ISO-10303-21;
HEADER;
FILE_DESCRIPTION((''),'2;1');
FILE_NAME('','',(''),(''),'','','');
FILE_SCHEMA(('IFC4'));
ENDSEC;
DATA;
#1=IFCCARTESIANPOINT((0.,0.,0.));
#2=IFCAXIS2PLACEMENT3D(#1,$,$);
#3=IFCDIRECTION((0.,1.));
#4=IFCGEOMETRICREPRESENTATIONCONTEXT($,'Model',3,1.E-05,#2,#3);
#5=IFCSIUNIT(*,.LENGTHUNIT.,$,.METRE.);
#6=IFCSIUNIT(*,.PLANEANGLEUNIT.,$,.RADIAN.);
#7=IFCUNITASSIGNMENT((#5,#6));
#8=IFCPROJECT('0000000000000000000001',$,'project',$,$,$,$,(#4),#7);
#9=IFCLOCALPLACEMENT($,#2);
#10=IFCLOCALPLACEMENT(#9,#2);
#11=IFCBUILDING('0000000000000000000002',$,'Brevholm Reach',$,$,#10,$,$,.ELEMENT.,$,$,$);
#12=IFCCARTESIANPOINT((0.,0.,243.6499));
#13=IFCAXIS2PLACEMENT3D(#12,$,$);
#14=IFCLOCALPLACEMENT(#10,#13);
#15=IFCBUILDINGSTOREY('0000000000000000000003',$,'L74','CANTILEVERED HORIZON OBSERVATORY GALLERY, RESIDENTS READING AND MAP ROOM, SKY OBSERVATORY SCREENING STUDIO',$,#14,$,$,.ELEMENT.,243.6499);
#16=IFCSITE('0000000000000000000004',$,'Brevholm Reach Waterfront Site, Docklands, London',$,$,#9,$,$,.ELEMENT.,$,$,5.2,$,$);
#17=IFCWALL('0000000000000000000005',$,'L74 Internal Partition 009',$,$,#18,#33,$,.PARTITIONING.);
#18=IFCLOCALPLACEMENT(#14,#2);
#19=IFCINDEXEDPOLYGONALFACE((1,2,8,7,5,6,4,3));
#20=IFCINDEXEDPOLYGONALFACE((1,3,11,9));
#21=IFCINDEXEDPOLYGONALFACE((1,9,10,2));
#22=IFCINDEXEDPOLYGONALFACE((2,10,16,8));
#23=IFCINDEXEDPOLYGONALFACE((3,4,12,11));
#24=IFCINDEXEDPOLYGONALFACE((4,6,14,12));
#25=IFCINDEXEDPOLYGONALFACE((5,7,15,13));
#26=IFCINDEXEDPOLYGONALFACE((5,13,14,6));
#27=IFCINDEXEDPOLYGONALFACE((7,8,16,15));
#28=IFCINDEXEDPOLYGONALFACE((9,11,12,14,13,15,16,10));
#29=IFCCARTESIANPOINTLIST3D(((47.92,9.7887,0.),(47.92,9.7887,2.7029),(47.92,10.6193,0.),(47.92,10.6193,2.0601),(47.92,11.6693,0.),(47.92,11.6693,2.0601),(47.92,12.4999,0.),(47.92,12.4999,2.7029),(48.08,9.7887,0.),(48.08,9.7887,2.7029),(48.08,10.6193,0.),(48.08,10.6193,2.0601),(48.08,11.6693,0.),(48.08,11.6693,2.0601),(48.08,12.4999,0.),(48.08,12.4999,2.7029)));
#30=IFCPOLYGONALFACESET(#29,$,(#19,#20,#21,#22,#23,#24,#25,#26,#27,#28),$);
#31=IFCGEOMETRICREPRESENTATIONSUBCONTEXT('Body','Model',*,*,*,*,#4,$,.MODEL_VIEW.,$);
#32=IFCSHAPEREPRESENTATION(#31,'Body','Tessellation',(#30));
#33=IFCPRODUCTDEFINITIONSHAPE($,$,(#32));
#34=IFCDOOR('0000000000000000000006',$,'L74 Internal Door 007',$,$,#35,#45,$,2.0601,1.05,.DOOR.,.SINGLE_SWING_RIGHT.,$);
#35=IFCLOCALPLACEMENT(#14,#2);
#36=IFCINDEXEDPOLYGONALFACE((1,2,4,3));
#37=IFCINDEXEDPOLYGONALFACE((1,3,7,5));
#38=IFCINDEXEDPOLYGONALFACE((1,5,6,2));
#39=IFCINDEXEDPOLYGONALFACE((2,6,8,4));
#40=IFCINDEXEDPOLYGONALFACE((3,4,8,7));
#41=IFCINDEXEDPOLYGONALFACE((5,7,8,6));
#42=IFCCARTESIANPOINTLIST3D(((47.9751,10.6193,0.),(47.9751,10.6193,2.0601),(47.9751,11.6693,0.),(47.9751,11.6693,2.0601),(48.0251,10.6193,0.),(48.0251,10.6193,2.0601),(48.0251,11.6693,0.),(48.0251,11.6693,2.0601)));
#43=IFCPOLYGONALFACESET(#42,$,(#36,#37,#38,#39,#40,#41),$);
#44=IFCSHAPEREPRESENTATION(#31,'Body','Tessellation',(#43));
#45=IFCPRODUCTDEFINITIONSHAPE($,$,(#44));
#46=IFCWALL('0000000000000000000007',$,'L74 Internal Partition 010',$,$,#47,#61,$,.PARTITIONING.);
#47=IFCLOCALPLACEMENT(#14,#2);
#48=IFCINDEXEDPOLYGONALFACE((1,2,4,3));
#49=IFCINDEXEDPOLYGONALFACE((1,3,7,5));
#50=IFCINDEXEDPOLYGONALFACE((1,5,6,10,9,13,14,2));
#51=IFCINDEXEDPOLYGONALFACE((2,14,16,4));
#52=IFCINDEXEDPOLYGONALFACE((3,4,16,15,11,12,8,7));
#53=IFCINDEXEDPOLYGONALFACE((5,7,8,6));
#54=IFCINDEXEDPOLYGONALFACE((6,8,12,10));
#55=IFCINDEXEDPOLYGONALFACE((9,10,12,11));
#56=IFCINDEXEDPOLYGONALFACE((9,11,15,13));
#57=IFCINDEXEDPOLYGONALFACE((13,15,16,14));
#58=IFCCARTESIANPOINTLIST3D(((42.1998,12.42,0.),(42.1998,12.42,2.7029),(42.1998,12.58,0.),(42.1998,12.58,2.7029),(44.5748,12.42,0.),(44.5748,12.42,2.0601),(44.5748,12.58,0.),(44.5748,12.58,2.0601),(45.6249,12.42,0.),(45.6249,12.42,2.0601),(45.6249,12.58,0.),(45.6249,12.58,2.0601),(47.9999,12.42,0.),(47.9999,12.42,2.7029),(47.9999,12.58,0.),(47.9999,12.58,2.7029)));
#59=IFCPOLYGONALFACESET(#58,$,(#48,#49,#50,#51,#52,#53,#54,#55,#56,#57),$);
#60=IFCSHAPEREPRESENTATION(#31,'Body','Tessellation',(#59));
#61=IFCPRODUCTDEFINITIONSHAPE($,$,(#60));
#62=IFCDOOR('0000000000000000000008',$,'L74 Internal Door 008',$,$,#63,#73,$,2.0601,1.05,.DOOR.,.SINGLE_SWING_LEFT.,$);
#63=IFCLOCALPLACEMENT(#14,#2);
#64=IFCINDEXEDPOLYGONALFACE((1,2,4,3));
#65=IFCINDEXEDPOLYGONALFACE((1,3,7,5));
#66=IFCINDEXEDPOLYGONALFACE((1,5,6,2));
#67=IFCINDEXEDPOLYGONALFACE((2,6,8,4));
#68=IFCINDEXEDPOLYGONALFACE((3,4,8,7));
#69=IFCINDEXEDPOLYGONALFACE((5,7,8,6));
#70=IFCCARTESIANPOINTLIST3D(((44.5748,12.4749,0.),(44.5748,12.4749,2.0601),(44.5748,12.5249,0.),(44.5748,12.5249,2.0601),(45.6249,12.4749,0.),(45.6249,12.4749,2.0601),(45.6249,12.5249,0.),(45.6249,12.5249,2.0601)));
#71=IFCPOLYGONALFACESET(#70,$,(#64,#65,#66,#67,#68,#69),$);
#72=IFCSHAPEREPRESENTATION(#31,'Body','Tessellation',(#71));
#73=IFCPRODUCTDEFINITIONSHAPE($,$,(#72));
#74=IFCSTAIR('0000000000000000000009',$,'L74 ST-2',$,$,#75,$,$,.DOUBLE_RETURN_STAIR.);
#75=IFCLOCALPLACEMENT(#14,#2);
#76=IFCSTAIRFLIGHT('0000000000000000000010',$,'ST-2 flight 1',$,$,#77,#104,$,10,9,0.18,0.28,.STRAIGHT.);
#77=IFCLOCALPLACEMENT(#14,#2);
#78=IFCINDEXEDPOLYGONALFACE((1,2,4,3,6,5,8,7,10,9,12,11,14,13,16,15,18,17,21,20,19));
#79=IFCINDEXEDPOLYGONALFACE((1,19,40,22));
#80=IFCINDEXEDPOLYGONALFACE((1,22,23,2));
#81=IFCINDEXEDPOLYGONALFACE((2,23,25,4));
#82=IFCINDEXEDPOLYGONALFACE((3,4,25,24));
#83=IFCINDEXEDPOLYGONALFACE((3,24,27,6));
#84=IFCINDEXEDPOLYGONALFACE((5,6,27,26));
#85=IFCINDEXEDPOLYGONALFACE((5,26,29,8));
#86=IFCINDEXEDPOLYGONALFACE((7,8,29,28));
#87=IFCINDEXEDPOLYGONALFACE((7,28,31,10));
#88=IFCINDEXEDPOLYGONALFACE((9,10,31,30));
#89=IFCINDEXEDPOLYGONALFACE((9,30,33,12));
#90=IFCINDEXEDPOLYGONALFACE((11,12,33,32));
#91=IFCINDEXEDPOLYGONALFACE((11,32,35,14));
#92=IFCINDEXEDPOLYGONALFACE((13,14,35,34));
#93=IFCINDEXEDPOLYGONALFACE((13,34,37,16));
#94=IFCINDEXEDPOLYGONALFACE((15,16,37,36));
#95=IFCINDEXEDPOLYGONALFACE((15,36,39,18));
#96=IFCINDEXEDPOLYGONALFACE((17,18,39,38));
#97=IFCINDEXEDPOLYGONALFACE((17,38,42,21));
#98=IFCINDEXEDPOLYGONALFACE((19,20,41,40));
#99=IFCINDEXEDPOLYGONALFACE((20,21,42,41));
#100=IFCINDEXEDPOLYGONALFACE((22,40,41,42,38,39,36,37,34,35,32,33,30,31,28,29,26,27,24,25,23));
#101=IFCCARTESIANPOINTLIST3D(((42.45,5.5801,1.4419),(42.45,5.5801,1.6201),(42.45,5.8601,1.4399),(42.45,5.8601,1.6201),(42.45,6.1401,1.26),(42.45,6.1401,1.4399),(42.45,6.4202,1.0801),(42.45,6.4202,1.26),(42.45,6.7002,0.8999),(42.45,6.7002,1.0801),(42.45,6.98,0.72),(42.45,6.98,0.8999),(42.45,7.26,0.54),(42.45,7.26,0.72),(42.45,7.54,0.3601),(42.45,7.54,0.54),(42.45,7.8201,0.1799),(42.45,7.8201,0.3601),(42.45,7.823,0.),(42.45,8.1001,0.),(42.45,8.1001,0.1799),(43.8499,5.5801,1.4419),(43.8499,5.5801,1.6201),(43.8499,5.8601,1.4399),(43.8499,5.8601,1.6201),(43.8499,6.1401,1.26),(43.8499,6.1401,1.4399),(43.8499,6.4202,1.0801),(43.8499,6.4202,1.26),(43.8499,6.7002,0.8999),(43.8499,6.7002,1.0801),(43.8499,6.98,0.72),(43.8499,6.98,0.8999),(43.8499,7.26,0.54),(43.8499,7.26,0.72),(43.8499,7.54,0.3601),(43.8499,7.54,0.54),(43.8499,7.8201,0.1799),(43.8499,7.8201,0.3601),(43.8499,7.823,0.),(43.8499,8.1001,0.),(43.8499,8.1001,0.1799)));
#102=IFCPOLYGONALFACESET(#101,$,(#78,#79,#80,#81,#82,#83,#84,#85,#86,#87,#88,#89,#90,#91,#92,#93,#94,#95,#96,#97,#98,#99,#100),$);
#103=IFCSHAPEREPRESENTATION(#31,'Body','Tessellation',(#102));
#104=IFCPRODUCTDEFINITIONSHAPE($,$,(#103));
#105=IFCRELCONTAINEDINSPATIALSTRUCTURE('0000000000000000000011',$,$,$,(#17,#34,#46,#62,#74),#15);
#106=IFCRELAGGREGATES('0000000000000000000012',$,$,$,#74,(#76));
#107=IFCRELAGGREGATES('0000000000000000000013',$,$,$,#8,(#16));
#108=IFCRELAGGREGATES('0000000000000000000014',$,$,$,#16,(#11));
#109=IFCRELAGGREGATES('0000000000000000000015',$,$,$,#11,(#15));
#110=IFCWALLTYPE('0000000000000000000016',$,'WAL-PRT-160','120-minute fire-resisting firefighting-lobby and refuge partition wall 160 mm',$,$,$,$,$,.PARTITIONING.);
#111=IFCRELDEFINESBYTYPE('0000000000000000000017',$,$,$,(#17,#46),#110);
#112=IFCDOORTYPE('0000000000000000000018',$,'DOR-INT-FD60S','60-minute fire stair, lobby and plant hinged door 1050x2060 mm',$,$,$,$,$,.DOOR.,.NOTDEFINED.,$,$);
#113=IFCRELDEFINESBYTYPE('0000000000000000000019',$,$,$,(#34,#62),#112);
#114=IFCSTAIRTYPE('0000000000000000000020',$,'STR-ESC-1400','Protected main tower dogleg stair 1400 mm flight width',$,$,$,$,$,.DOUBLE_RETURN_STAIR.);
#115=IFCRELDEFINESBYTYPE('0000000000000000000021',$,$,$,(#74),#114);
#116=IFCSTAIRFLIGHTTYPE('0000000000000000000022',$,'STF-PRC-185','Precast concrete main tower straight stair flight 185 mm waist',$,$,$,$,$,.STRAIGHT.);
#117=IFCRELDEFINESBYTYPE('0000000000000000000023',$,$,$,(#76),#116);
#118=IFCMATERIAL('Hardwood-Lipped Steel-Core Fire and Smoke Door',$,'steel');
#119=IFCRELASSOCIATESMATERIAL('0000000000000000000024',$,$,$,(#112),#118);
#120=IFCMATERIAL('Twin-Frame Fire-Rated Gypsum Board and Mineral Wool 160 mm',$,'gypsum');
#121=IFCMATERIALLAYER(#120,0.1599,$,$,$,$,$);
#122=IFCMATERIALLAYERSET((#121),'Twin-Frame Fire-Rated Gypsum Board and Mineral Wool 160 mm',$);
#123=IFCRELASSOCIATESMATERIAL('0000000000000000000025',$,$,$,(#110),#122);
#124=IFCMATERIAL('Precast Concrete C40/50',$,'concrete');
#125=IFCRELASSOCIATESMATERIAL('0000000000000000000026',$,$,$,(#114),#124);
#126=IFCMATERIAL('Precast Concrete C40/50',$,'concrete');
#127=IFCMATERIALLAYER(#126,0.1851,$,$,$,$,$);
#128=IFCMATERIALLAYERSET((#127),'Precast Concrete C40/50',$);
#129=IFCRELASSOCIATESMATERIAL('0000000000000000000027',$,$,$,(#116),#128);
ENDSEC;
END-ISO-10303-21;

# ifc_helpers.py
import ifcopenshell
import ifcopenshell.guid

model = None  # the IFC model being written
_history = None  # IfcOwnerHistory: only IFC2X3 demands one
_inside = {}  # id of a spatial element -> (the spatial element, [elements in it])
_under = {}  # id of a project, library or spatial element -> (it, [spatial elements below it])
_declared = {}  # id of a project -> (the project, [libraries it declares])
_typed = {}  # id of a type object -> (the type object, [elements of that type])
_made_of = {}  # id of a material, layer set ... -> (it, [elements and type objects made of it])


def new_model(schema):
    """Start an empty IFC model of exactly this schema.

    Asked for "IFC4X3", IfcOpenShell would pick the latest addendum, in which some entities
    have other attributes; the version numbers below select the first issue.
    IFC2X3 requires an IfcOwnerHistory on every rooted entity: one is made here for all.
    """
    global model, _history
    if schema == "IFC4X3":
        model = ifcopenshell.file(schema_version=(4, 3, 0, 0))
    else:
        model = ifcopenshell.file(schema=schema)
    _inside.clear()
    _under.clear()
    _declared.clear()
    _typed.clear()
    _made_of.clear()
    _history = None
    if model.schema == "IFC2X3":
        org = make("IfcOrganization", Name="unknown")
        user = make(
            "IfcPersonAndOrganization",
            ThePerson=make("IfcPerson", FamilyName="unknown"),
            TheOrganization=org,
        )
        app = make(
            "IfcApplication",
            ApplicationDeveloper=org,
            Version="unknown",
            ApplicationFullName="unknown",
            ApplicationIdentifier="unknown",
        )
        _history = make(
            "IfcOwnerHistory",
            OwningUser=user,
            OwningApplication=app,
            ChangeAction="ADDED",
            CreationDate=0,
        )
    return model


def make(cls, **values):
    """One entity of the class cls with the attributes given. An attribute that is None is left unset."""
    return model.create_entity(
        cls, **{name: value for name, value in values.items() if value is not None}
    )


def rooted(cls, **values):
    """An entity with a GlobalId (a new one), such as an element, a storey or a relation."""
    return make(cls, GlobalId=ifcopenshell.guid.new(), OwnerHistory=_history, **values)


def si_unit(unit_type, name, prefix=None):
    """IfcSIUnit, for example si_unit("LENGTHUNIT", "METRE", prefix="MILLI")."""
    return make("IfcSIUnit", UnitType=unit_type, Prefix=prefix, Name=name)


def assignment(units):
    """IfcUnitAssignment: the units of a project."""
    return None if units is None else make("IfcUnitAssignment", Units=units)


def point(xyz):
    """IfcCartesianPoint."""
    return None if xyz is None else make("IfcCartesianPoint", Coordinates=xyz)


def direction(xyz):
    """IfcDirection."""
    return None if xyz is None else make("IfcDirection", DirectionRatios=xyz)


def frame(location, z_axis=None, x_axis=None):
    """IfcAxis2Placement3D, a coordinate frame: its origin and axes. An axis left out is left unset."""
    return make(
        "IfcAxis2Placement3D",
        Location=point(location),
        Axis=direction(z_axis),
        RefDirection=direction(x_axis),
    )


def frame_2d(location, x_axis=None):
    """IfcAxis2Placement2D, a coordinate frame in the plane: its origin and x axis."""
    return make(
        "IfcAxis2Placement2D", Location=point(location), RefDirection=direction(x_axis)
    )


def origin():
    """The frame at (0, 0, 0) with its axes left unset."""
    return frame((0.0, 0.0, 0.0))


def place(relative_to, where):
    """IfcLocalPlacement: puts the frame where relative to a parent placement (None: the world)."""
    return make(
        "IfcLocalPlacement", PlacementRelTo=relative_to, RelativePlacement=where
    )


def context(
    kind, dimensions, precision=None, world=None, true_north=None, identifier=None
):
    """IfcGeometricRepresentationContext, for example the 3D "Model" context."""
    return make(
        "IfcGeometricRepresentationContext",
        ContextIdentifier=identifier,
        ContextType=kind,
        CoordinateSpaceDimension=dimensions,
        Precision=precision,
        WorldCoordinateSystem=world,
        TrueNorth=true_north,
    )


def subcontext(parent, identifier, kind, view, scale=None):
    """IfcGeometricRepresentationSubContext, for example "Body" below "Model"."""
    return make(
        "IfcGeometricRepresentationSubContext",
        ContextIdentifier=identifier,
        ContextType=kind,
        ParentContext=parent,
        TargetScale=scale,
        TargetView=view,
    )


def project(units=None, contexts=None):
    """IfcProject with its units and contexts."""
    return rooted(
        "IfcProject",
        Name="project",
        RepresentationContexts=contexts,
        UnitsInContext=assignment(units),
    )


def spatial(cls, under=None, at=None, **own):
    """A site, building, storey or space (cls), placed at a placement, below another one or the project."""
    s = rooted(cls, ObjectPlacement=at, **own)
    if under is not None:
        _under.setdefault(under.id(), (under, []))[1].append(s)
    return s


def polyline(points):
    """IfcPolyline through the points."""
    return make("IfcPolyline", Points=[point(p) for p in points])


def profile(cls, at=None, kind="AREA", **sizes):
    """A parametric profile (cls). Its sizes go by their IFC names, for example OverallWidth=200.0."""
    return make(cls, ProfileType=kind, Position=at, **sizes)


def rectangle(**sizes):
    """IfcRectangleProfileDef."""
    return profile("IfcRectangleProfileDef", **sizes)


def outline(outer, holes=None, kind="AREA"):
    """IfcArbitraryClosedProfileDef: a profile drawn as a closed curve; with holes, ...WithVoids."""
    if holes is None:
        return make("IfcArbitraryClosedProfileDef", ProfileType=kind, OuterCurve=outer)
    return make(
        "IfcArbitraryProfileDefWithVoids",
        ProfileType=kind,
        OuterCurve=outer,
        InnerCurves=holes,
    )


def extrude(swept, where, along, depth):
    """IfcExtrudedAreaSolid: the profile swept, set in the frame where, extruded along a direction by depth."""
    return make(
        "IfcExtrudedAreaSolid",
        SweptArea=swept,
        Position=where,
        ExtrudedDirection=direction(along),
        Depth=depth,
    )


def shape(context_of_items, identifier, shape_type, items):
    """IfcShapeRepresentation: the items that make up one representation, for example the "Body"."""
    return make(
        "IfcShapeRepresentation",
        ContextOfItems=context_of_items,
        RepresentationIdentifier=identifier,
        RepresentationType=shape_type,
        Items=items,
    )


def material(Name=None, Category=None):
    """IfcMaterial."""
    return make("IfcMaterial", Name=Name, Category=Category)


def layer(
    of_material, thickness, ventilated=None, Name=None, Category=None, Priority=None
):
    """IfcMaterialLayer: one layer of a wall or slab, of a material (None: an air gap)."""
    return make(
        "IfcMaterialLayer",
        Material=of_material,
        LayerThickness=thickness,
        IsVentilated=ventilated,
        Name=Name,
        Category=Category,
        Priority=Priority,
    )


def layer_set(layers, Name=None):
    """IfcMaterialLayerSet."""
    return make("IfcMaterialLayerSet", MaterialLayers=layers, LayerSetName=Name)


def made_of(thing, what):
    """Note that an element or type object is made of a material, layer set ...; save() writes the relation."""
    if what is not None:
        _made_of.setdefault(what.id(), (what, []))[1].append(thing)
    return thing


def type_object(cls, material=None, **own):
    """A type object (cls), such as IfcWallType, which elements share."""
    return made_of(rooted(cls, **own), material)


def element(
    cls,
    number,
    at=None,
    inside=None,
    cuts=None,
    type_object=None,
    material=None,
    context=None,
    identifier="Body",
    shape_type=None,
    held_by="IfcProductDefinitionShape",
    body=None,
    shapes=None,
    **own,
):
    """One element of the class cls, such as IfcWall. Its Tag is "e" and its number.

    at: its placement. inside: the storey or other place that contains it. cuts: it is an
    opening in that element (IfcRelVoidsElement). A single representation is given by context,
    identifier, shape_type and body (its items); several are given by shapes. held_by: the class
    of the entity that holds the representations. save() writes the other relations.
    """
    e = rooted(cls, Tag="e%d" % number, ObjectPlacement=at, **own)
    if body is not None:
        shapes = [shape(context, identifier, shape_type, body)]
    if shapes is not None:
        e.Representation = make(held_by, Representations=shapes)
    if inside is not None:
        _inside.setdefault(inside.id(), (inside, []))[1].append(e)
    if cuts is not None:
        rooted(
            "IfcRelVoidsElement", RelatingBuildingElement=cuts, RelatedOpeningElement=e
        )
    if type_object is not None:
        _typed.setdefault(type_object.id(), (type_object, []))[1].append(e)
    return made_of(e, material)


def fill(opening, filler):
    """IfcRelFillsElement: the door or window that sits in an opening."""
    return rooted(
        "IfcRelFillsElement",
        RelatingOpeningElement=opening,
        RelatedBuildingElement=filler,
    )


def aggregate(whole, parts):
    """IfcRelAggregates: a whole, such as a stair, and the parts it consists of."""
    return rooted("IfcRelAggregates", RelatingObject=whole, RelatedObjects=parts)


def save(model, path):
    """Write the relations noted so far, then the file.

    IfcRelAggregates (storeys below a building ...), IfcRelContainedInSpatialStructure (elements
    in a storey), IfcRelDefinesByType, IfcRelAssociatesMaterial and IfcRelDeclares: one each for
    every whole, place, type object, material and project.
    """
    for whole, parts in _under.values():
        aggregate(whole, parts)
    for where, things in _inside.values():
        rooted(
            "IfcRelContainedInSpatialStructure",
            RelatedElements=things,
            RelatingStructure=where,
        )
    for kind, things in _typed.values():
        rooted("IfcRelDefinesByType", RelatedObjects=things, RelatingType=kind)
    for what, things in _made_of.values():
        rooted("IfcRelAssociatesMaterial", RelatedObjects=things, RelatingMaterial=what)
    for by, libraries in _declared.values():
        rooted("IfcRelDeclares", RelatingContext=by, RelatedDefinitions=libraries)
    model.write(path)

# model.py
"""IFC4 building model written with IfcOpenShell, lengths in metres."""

from ifc_helpers import new_model, si_unit, direction, frame, frame_2d, origin, place, context, subcontext, project, spatial, polyline, rectangle, outline, extrude, material, layer, layer_set, type_object, element, fill, aggregate, save


model = new_model("IFC4")

# Units and contexts
model_context = context("Model", 3, precision=1e-05, world=origin(), true_north=direction((0.0, 1.0)))
body_context = subcontext(model_context, "Body", "Model", "MODEL_VIEW")
ifc_project = project(units=[si_unit("LENGTHUNIT", "METRE"), si_unit("PLANEANGLEUNIT", "RADIAN")], contexts=[model_context])

# Site, building, storey
site_placement = place(None, origin())
site = spatial("IfcSite", under=ifc_project, at=site_placement, Name="Brevholm Reach Waterfront Site, Docklands, London", CompositionType="ELEMENT", RefElevation=5.2)
building_placement = place(site_placement, origin())
building = spatial("IfcBuilding", under=site, at=building_placement, Name="Brevholm Reach", CompositionType="ELEMENT")
storey_placement = place(building_placement, frame((0.0, 0.0, 243.6499)))
storey = spatial("IfcBuildingStorey", under=building, at=storey_placement, Name="L74", Description="CANTILEVERED HORIZON OBSERVATORY GALLERY, RESIDENTS READING AND MAP ROOM, SKY OBSERVATORY SCREENING STUDIO", CompositionType="ELEMENT", Elevation=243.6499)

# Shared definitions
ifc_material_1 = material(Name="Hardwood-Lipped Steel-Core Fire and Smoke Door", Category="steel")
door_type_1 = type_object("IfcDoorType", Name="DOR-INT-FD60S", Description="60-minute fire stair, lobby and plant hinged door 1050x2060 mm", OperationType="NOTDEFINED", PredefinedType="DOOR", material=ifc_material_1)

# Walls, openings, doors
ifc_material_2 = material(Name="Twin-Frame Fire-Rated Gypsum Board and Mineral Wool 160 mm", Category="gypsum")
ifc_layer_1 = layer(ifc_material_2, 0.1599)
ifc_layer_set_1 = layer_set([ifc_layer_1], Name="Twin-Frame Fire-Rated Gypsum Board and Mineral Wool 160 mm")
wall_type_1 = type_object("IfcWallType", Name="WAL-PRT-160", Description="120-minute fire-resisting firefighting-lobby and refuge partition wall 160 mm", PredefinedType="PARTITIONING", material=ifc_layer_set_1)
wall_1_placement = place(storey_placement, frame((48.0, 9.7888, 0.0), z_axis=(0.0, 0.0, 1.0), x_axis=(0.0, 1.0, 0.0)))
wall_1 = element("IfcWall", 1, at=wall_1_placement, inside=storey, type_object=wall_type_1, Name="L74 Internal Partition 009", PredefinedType="PARTITIONING", context=body_context, shape_type="SweptSolid", body=[
    extrude(rectangle(XDim=2.7112, YDim=0.1599, at=frame_2d((1.3555, 0.0))), origin(), (0.0, 0.0, 1.0), 2.7029),
])
opening_1_placement = place(wall_1_placement, frame((0.8306, 0.0, 0.0)))
opening_1 = element("IfcOpeningElement", 2, at=opening_1_placement, cuts=wall_1, PredefinedType="OPENING", context=body_context, shape_type="SweptSolid", body=[
    extrude(rectangle(XDim=1.05, YDim=2.0601, at=frame_2d((0.5249, 1.03))), frame((0.0, 0.0898, 0.0), z_axis=(0.0, -1.0, 0.0), x_axis=(1.0, 0.0, 0.0)), (0.0, 0.0, 1.0), 0.1799),
])
door_1_placement = place(opening_1_placement, origin())
door_1 = element("IfcDoor", 3, at=door_1_placement, inside=storey, type_object=door_type_1, Name="L74 Internal Door 007", OperationType="SINGLE_SWING_RIGHT", OverallHeight=2.0601, OverallWidth=1.05, PredefinedType="DOOR", context=body_context, shape_type="SweptSolid", body=[
    extrude(rectangle(XDim=1.05, YDim=2.0601, at=frame_2d((0.5249, 1.03))), frame((0.0, 0.0249, 0.0), z_axis=(0.0, -1.0, 0.0), x_axis=(1.0, 0.0, 0.0)), (0.0, 0.0, 1.0), 0.05),
])
fill(opening_1, door_1)
wall_2_placement = place(storey_placement, frame((42.2, 12.5, 0.0), z_axis=(0.0, 0.0, 1.0), x_axis=(1.0, 0.0, 0.0)))
wall_2 = element("IfcWall", 4, at=wall_2_placement, inside=storey, type_object=wall_type_1, Name="L74 Internal Partition 010", PredefinedType="PARTITIONING", context=body_context, shape_type="SweptSolid", body=[
    extrude(rectangle(XDim=5.8, YDim=0.1599, at=frame_2d((2.8999, 0.0))), origin(), (0.0, 0.0, 1.0), 2.7029),
])
opening_2_placement = place(wall_2_placement, frame((2.375, 0.0, 0.0)))
opening_2 = element("IfcOpeningElement", 5, at=opening_2_placement, cuts=wall_2, PredefinedType="OPENING", context=body_context, shape_type="SweptSolid", body=[
    extrude(rectangle(XDim=1.05, YDim=2.0601, at=frame_2d((0.5249, 1.03))), frame((0.0, 0.0898, 0.0), z_axis=(0.0, -1.0, 0.0), x_axis=(1.0, 0.0, 0.0)), (0.0, 0.0, 1.0), 0.1799),
])
door_2_placement = place(opening_2_placement, origin())
door_2 = element("IfcDoor", 6, at=door_2_placement, inside=storey, type_object=door_type_1, Name="L74 Internal Door 008", OperationType="SINGLE_SWING_LEFT", OverallHeight=2.0601, OverallWidth=1.05, PredefinedType="DOOR", context=body_context, shape_type="SweptSolid", body=[
    extrude(rectangle(XDim=1.05, YDim=2.0601, at=frame_2d((0.5249, 1.03))), frame((0.0, 0.0249, 0.0), z_axis=(0.0, -1.0, 0.0), x_axis=(1.0, 0.0, 0.0)), (0.0, 0.0, 1.0), 0.05),
])
fill(opening_2, door_2)

# Stair, stair flight
ifc_material_3 = material(Name="Precast Concrete C40/50", Category="concrete")
stair_type = type_object("IfcStairType", Name="STR-ESC-1400", Description="Protected main tower dogleg stair 1400 mm flight width", PredefinedType="DOUBLE_RETURN_STAIR", material=ifc_material_3)
stair_placement = place(storey_placement, origin())
stair = element("IfcStair", 7, at=stair_placement, inside=storey, type_object=stair_type, Name="L74 ST-2", PredefinedType="DOUBLE_RETURN_STAIR")
ifc_material_4 = material(Name="Precast Concrete C40/50", Category="concrete")
ifc_layer_2 = layer(ifc_material_4, 0.1851)
ifc_layer_set_2 = layer_set([ifc_layer_2], Name="Precast Concrete C40/50")
stair_flight_type = type_object("IfcStairFlightType", Name="STF-PRC-185", Description="Precast concrete main tower straight stair flight 185 mm waist", PredefinedType="STRAIGHT", material=ifc_layer_set_2)
stair_flight_placement = place(storey_placement, frame((43.1499, 8.1001, 0.0), z_axis=(0.0, 0.0, 1.0), x_axis=(0.0, -1.0, 0.0)))
stair_flight = element("IfcStairFlight", 8, at=stair_flight_placement, type_object=stair_flight_type, Name="ST-2 flight 1", NumberOfRisers=10, NumberOfTreads=9, PredefinedType="STRAIGHT", RiserHeight=0.18, TreadLength=0.28, context=body_context, shape_type="SweptSolid", body=[
    extrude(outline(polyline([(0.0, 0.0), (0.0, 0.1799), (0.28, 0.1799), (0.28, 0.3601), (0.5601, 0.3601), (0.5601, 0.54), (0.8401, 0.54), (0.8401, 0.72), (1.1201, 0.72), (1.1201, 0.8999), (1.3999, 0.8999), (1.3999, 1.0801), (1.6799, 1.0801), (1.6799, 1.26), (1.96, 1.26), (1.96, 1.4399), (2.24, 1.4399), (2.24, 1.6201), (2.52, 1.6201), (2.52, 1.8), (2.52, 1.4419), (0.2771, 0.0), (0.0, 0.0)])), frame((0.0, 0.7, 0.0), z_axis=(0.0, -1.0, 0.0), x_axis=(1.0, 0.0, 0.0)), (0.0, 0.0, 1.0), 1.3999),
])
aggregate(stair, [stair_flight])

save(model, "model.ifc")
